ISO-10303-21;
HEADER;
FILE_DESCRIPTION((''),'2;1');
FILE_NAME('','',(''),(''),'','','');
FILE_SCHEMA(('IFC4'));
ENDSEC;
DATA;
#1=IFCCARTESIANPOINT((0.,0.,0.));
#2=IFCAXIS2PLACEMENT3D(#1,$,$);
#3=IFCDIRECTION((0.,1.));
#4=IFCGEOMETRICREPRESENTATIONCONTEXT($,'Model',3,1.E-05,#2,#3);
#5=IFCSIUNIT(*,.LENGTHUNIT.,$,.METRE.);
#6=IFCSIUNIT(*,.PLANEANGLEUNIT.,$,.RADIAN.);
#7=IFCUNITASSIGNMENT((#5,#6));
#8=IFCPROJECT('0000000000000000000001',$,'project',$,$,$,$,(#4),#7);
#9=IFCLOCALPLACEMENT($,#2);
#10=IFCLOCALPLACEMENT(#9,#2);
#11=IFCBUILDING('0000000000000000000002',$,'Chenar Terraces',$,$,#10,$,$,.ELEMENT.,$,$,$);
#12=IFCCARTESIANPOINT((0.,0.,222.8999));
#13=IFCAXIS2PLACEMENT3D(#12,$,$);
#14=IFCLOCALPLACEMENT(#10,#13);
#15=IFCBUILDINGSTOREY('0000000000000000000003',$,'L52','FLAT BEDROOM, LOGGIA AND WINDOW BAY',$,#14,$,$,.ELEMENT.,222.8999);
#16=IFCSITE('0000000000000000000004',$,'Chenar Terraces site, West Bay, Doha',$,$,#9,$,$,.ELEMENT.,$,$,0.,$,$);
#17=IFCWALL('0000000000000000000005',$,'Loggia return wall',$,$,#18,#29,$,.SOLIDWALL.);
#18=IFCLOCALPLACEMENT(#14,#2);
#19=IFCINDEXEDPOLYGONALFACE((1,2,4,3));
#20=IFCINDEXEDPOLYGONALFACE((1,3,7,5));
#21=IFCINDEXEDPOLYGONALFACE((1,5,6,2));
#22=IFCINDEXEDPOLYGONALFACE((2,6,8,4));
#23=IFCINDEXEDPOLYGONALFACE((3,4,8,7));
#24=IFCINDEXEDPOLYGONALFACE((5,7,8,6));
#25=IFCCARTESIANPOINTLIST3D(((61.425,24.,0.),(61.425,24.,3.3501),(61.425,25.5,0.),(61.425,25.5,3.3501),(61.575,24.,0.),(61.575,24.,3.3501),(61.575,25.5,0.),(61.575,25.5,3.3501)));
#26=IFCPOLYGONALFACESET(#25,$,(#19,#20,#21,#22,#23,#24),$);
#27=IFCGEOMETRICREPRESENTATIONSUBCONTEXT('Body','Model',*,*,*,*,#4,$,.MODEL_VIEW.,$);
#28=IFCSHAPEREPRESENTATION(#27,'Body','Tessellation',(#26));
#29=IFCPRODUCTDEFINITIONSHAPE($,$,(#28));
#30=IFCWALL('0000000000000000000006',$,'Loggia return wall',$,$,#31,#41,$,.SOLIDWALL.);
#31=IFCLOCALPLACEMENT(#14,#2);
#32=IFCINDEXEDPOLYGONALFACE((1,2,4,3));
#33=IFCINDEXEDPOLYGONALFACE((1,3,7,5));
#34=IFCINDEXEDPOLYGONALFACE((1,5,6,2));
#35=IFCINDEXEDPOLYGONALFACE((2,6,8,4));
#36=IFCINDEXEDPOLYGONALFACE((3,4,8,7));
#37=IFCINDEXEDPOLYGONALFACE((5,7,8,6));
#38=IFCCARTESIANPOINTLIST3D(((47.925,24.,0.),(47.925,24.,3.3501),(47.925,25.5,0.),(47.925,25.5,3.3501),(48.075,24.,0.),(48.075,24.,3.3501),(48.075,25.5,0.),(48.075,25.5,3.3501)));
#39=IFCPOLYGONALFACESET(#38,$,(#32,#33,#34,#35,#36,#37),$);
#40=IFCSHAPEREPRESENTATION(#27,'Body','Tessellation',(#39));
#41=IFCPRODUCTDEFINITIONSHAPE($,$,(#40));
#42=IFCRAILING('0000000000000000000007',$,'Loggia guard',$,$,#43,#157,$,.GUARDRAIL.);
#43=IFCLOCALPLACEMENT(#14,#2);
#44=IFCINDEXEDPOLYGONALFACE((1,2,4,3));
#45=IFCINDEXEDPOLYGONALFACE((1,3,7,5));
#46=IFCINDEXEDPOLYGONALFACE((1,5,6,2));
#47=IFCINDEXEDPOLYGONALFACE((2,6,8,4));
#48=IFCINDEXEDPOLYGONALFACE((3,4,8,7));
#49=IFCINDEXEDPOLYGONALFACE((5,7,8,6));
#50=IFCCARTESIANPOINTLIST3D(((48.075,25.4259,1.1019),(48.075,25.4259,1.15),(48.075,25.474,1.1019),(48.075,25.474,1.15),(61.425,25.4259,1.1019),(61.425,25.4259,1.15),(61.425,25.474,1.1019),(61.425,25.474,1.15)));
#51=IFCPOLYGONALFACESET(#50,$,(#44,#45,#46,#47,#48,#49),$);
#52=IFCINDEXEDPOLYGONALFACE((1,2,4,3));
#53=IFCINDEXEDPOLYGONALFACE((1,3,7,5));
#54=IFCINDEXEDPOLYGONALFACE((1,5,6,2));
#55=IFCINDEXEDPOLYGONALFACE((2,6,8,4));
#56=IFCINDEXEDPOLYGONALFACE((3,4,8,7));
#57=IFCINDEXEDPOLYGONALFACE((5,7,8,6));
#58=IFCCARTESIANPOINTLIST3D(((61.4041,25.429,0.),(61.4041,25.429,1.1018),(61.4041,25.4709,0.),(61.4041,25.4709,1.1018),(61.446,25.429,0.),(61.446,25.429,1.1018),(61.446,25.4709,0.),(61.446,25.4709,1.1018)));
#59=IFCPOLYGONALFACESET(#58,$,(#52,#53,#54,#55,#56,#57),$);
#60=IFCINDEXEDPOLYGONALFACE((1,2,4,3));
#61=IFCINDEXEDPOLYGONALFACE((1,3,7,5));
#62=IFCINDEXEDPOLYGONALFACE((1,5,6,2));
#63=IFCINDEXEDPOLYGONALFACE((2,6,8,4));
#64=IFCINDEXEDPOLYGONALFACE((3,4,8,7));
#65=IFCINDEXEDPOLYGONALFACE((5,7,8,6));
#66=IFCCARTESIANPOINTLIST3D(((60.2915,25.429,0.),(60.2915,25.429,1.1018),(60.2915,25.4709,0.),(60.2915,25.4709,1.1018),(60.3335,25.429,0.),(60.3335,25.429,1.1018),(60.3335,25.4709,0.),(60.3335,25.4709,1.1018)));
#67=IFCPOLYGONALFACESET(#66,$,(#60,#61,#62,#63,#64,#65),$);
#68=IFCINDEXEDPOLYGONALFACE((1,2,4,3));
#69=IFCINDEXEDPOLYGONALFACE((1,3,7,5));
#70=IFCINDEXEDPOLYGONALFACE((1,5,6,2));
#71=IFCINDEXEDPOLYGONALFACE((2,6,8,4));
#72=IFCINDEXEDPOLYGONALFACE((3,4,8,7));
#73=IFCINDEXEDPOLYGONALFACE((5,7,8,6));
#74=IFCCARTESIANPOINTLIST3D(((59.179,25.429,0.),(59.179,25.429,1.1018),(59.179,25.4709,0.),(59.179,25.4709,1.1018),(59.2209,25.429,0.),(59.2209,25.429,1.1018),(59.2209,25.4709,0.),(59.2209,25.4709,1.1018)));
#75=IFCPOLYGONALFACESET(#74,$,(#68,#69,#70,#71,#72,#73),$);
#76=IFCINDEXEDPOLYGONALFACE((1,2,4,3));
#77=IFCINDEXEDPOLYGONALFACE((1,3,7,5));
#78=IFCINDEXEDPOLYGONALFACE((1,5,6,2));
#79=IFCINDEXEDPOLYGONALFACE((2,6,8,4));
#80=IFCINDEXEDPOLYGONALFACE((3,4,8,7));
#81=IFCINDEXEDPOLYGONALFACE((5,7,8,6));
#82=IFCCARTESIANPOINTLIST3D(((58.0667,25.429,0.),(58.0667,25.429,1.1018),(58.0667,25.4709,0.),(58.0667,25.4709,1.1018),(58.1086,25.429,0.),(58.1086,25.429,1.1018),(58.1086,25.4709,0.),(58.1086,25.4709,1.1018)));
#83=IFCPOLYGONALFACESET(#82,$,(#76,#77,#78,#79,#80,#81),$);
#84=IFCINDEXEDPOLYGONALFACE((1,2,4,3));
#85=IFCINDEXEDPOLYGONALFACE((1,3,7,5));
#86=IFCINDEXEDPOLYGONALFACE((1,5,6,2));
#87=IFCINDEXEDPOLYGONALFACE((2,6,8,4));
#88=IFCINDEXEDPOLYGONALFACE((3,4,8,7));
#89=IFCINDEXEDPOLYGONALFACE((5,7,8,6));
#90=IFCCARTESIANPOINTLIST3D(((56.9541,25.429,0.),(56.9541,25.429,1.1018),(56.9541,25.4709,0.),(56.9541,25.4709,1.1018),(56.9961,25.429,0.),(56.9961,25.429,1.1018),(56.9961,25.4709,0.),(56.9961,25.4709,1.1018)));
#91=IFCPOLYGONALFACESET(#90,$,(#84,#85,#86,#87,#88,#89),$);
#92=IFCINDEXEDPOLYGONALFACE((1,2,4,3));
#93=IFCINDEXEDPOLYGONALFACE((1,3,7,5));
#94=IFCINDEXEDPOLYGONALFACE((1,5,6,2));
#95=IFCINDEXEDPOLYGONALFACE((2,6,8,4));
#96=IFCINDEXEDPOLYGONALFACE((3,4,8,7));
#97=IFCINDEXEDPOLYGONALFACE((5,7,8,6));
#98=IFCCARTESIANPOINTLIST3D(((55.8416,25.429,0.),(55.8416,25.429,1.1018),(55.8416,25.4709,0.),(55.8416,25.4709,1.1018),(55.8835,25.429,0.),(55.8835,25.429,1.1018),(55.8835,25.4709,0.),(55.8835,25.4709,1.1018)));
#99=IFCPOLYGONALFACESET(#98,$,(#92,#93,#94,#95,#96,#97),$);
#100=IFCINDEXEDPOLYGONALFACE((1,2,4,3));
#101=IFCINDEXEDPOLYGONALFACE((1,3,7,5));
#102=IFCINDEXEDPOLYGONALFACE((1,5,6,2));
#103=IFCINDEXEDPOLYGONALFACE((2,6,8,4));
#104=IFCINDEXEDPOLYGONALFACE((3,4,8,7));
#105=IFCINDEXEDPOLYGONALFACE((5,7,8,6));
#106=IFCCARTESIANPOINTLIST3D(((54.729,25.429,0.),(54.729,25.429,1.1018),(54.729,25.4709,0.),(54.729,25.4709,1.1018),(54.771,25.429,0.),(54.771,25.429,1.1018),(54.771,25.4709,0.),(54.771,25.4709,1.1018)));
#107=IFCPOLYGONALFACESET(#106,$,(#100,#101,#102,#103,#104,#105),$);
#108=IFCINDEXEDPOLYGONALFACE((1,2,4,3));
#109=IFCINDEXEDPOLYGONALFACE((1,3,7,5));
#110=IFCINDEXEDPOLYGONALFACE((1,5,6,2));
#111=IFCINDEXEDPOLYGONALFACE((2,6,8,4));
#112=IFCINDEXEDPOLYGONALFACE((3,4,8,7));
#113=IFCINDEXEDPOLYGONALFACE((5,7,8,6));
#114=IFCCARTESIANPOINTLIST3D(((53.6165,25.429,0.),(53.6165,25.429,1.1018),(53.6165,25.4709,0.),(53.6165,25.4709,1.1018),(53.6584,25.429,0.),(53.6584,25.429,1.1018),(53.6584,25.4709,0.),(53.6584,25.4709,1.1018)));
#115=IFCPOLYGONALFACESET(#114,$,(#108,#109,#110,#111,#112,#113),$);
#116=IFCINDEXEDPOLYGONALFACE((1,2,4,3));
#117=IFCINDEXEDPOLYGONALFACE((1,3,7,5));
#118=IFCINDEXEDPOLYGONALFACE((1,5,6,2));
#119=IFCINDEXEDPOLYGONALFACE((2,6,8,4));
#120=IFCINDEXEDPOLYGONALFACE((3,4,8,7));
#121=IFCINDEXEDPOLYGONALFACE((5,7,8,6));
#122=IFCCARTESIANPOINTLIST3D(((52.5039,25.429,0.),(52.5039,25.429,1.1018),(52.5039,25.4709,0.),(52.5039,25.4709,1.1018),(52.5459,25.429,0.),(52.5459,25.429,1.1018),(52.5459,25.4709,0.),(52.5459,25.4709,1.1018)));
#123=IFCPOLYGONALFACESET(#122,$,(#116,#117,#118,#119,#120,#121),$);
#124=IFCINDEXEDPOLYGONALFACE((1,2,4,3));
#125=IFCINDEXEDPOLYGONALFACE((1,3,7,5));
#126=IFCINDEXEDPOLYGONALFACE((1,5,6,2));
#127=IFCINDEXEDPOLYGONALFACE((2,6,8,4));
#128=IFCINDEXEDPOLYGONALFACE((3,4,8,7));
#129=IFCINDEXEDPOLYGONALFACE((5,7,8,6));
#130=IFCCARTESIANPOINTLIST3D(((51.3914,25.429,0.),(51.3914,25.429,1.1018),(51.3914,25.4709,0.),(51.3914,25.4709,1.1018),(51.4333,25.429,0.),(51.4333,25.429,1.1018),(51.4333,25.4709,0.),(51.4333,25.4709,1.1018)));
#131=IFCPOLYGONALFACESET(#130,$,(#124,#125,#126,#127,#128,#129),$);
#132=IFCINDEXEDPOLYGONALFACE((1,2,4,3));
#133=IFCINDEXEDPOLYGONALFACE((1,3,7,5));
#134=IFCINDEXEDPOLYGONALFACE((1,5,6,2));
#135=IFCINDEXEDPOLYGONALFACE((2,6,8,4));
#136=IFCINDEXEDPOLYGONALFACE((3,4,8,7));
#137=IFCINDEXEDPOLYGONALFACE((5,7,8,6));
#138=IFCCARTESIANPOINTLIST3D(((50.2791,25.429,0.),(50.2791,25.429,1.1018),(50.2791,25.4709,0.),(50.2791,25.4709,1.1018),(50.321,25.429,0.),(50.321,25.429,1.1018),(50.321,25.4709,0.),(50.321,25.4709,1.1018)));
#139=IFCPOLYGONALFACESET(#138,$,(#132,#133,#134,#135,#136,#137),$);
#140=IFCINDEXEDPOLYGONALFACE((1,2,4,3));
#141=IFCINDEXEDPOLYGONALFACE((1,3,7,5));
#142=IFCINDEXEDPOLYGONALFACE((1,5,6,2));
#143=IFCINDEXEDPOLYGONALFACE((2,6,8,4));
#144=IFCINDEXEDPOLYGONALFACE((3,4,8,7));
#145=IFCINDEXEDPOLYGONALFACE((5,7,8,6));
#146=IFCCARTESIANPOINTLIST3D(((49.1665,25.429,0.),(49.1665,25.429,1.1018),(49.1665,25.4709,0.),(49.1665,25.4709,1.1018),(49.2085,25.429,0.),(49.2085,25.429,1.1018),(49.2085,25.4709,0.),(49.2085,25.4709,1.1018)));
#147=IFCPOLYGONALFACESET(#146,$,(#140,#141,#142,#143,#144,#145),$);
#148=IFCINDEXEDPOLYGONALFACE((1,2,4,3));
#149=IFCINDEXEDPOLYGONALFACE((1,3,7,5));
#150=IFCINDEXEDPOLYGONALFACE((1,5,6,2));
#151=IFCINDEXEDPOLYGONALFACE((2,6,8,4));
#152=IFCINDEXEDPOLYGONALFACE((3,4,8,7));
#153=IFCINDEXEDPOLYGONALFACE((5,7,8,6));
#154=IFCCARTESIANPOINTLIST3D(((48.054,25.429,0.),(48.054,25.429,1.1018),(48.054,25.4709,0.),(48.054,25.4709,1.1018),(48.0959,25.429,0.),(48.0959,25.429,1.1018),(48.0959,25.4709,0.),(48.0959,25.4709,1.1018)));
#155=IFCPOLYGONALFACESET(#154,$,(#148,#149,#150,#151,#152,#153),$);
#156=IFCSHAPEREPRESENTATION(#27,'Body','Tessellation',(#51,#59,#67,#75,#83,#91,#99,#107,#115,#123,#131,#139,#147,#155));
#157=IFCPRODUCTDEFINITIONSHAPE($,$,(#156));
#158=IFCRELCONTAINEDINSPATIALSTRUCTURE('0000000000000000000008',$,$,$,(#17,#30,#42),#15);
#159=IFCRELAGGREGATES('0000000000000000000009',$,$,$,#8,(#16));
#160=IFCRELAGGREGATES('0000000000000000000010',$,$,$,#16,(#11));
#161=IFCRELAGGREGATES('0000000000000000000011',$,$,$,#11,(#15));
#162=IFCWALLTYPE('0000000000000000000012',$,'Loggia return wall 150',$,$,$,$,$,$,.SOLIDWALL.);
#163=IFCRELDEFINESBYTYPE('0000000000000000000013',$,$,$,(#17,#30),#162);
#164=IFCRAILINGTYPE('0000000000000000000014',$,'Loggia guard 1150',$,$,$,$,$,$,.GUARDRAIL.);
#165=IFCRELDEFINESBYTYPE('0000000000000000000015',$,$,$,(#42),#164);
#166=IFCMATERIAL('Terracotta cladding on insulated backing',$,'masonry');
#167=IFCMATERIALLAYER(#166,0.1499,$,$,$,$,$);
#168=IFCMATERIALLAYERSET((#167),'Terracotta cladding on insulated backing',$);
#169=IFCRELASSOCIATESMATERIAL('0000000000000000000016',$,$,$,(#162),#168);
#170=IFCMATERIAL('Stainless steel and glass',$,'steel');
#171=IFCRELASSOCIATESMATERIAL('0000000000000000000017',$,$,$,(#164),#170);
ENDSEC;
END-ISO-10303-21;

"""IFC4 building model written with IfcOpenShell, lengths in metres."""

from ifc_helpers import new_model, si_unit, direction, frame, frame_2d, origin, origin_2d, place, context, subcontext, project, spatial, rectangle, extrude, material, layer, layer_set, type_object, element, save


model = new_model("IFC4")

# Units and contexts
model_context = context("Model", 3, precision=1e-05, world=origin(), true_north=direction((0.0, 1.0)))
body_context = subcontext(model_context, "Body", "Model", "MODEL_VIEW")
ifc_project = project(units=[si_unit("LENGTHUNIT", "METRE"), si_unit("PLANEANGLEUNIT", "RADIAN")], contexts=[model_context])

# Site, building, storey
site_placement = place(None, origin())
site = spatial("IfcSite", under=ifc_project, at=site_placement, Name="Chenar Terraces site, West Bay, Doha", CompositionType="ELEMENT", RefElevation=0.0)
building_placement = place(site_placement, origin())
building = spatial("IfcBuilding", under=site, at=building_placement, Name="Chenar Terraces", CompositionType="ELEMENT")
storey_placement = place(building_placement, frame((0.0, 0.0, 222.8999)))
storey = spatial("IfcBuildingStorey", under=building, at=storey_placement, Name="L52", Description="FLAT BEDROOM, LOGGIA AND WINDOW BAY", CompositionType="ELEMENT", Elevation=222.8999)

# Walls
ifc_material_1 = material(Name="Terracotta cladding on insulated backing", Category="masonry")
ifc_layer_1 = layer(ifc_material_1, 0.1499)
ifc_layer_set_1 = layer_set([ifc_layer_1], Name="Terracotta cladding on insulated backing")
wall_type = type_object("IfcWallType", Name="Loggia return wall 150", PredefinedType="SOLIDWALL", material=ifc_layer_set_1)
for number, where, z_axis, x_axis, name in (
    (1, (61.5, 25.5, 0.0), (0.0, 0.0, 1.0), (0.0, -1.0, 0.0), "Loggia return wall"),
    (2, (48.0, 25.5, 0.0), (0.0, 0.0, 1.0), (0.0, -1.0, 0.0), "Loggia return wall"),
):
    element("IfcWall", number, at=place(storey_placement, frame(where, z_axis=z_axis, x_axis=x_axis)), inside=storey, type_object=wall_type, Name=name, PredefinedType="SOLIDWALL", context=body_context, shape_type="SweptSolid", body=[
        extrude(rectangle(XDim=1.5, YDim=0.1499, at=frame_2d((0.75, 0.0))), origin(), (0.0, 0.0, 1.0), 3.3501),
    ])

# Railing
ifc_material_2 = material(Name="Stainless steel and glass", Category="steel")
railing_type = type_object("IfcRailingType", Name="Loggia guard 1150", PredefinedType="GUARDRAIL", material=ifc_material_2)
railing_placement = place(storey_placement, frame((61.425, 25.45, 0.0)))
element("IfcRailing", 3, at=railing_placement, inside=storey, type_object=railing_type, Name="Loggia guard", PredefinedType="GUARDRAIL", context=body_context, shape_type="SweptSolid", body=[
    extrude(rectangle(XDim=0.0481, YDim=0.0481, at=origin_2d()), frame((0.0, 0.0, 1.126), z_axis=(-1.0, 0.0, 0.0), x_axis=(0.0, -1.0, 0.0)), (0.0, 0.0, 1.0), 13.3501),
    extrude(rectangle(XDim=0.042, YDim=0.042, at=origin_2d()), origin(), (0.0, 0.0, 1.0), 1.1018),
    extrude(rectangle(XDim=0.042, YDim=0.042, at=origin_2d()), frame((-1.1125, 0.0, 0.0)), (0.0, 0.0, 1.0), 1.1018),
    extrude(rectangle(XDim=0.042, YDim=0.042, at=origin_2d()), frame((-2.2251, 0.0, 0.0)), (0.0, 0.0, 1.0), 1.1018),
    extrude(rectangle(XDim=0.042, YDim=0.042, at=origin_2d()), frame((-3.3374, 0.0, 0.0)), (0.0, 0.0, 1.0), 1.1018),
    extrude(rectangle(XDim=0.042, YDim=0.042, at=origin_2d()), frame((-4.45, 0.0, 0.0)), (0.0, 0.0, 1.0), 1.1018),
    extrude(rectangle(XDim=0.042, YDim=0.042, at=origin_2d()), frame((-5.5625, 0.0, 0.0)), (0.0, 0.0, 1.0), 1.1018),
    extrude(rectangle(XDim=0.042, YDim=0.042, at=origin_2d()), frame((-6.675, 0.0, 0.0)), (0.0, 0.0, 1.0), 1.1018),
    extrude(rectangle(XDim=0.042, YDim=0.042, at=origin_2d()), frame((-7.7876, 0.0, 0.0)), (0.0, 0.0, 1.0), 1.1018),
    extrude(rectangle(XDim=0.042, YDim=0.042, at=origin_2d()), frame((-8.9001, 0.0, 0.0)), (0.0, 0.0, 1.0), 1.1018),
    extrude(rectangle(XDim=0.042, YDim=0.042, at=origin_2d()), frame((-10.0127, 0.0, 0.0)), (0.0, 0.0, 1.0), 1.1018),
    extrude(rectangle(XDim=0.042, YDim=0.042, at=origin_2d()), frame((-11.125, 0.0, 0.0)), (0.0, 0.0, 1.0), 1.1018),
    extrude(rectangle(XDim=0.042, YDim=0.042, at=origin_2d()), frame((-12.2375, 0.0, 0.0)), (0.0, 0.0, 1.0), 1.1018),
    extrude(rectangle(XDim=0.042, YDim=0.042, at=origin_2d()), frame((-13.3501, 0.0, 0.0)), (0.0, 0.0, 1.0), 1.1018),
])

save(model, "model.ifc")
